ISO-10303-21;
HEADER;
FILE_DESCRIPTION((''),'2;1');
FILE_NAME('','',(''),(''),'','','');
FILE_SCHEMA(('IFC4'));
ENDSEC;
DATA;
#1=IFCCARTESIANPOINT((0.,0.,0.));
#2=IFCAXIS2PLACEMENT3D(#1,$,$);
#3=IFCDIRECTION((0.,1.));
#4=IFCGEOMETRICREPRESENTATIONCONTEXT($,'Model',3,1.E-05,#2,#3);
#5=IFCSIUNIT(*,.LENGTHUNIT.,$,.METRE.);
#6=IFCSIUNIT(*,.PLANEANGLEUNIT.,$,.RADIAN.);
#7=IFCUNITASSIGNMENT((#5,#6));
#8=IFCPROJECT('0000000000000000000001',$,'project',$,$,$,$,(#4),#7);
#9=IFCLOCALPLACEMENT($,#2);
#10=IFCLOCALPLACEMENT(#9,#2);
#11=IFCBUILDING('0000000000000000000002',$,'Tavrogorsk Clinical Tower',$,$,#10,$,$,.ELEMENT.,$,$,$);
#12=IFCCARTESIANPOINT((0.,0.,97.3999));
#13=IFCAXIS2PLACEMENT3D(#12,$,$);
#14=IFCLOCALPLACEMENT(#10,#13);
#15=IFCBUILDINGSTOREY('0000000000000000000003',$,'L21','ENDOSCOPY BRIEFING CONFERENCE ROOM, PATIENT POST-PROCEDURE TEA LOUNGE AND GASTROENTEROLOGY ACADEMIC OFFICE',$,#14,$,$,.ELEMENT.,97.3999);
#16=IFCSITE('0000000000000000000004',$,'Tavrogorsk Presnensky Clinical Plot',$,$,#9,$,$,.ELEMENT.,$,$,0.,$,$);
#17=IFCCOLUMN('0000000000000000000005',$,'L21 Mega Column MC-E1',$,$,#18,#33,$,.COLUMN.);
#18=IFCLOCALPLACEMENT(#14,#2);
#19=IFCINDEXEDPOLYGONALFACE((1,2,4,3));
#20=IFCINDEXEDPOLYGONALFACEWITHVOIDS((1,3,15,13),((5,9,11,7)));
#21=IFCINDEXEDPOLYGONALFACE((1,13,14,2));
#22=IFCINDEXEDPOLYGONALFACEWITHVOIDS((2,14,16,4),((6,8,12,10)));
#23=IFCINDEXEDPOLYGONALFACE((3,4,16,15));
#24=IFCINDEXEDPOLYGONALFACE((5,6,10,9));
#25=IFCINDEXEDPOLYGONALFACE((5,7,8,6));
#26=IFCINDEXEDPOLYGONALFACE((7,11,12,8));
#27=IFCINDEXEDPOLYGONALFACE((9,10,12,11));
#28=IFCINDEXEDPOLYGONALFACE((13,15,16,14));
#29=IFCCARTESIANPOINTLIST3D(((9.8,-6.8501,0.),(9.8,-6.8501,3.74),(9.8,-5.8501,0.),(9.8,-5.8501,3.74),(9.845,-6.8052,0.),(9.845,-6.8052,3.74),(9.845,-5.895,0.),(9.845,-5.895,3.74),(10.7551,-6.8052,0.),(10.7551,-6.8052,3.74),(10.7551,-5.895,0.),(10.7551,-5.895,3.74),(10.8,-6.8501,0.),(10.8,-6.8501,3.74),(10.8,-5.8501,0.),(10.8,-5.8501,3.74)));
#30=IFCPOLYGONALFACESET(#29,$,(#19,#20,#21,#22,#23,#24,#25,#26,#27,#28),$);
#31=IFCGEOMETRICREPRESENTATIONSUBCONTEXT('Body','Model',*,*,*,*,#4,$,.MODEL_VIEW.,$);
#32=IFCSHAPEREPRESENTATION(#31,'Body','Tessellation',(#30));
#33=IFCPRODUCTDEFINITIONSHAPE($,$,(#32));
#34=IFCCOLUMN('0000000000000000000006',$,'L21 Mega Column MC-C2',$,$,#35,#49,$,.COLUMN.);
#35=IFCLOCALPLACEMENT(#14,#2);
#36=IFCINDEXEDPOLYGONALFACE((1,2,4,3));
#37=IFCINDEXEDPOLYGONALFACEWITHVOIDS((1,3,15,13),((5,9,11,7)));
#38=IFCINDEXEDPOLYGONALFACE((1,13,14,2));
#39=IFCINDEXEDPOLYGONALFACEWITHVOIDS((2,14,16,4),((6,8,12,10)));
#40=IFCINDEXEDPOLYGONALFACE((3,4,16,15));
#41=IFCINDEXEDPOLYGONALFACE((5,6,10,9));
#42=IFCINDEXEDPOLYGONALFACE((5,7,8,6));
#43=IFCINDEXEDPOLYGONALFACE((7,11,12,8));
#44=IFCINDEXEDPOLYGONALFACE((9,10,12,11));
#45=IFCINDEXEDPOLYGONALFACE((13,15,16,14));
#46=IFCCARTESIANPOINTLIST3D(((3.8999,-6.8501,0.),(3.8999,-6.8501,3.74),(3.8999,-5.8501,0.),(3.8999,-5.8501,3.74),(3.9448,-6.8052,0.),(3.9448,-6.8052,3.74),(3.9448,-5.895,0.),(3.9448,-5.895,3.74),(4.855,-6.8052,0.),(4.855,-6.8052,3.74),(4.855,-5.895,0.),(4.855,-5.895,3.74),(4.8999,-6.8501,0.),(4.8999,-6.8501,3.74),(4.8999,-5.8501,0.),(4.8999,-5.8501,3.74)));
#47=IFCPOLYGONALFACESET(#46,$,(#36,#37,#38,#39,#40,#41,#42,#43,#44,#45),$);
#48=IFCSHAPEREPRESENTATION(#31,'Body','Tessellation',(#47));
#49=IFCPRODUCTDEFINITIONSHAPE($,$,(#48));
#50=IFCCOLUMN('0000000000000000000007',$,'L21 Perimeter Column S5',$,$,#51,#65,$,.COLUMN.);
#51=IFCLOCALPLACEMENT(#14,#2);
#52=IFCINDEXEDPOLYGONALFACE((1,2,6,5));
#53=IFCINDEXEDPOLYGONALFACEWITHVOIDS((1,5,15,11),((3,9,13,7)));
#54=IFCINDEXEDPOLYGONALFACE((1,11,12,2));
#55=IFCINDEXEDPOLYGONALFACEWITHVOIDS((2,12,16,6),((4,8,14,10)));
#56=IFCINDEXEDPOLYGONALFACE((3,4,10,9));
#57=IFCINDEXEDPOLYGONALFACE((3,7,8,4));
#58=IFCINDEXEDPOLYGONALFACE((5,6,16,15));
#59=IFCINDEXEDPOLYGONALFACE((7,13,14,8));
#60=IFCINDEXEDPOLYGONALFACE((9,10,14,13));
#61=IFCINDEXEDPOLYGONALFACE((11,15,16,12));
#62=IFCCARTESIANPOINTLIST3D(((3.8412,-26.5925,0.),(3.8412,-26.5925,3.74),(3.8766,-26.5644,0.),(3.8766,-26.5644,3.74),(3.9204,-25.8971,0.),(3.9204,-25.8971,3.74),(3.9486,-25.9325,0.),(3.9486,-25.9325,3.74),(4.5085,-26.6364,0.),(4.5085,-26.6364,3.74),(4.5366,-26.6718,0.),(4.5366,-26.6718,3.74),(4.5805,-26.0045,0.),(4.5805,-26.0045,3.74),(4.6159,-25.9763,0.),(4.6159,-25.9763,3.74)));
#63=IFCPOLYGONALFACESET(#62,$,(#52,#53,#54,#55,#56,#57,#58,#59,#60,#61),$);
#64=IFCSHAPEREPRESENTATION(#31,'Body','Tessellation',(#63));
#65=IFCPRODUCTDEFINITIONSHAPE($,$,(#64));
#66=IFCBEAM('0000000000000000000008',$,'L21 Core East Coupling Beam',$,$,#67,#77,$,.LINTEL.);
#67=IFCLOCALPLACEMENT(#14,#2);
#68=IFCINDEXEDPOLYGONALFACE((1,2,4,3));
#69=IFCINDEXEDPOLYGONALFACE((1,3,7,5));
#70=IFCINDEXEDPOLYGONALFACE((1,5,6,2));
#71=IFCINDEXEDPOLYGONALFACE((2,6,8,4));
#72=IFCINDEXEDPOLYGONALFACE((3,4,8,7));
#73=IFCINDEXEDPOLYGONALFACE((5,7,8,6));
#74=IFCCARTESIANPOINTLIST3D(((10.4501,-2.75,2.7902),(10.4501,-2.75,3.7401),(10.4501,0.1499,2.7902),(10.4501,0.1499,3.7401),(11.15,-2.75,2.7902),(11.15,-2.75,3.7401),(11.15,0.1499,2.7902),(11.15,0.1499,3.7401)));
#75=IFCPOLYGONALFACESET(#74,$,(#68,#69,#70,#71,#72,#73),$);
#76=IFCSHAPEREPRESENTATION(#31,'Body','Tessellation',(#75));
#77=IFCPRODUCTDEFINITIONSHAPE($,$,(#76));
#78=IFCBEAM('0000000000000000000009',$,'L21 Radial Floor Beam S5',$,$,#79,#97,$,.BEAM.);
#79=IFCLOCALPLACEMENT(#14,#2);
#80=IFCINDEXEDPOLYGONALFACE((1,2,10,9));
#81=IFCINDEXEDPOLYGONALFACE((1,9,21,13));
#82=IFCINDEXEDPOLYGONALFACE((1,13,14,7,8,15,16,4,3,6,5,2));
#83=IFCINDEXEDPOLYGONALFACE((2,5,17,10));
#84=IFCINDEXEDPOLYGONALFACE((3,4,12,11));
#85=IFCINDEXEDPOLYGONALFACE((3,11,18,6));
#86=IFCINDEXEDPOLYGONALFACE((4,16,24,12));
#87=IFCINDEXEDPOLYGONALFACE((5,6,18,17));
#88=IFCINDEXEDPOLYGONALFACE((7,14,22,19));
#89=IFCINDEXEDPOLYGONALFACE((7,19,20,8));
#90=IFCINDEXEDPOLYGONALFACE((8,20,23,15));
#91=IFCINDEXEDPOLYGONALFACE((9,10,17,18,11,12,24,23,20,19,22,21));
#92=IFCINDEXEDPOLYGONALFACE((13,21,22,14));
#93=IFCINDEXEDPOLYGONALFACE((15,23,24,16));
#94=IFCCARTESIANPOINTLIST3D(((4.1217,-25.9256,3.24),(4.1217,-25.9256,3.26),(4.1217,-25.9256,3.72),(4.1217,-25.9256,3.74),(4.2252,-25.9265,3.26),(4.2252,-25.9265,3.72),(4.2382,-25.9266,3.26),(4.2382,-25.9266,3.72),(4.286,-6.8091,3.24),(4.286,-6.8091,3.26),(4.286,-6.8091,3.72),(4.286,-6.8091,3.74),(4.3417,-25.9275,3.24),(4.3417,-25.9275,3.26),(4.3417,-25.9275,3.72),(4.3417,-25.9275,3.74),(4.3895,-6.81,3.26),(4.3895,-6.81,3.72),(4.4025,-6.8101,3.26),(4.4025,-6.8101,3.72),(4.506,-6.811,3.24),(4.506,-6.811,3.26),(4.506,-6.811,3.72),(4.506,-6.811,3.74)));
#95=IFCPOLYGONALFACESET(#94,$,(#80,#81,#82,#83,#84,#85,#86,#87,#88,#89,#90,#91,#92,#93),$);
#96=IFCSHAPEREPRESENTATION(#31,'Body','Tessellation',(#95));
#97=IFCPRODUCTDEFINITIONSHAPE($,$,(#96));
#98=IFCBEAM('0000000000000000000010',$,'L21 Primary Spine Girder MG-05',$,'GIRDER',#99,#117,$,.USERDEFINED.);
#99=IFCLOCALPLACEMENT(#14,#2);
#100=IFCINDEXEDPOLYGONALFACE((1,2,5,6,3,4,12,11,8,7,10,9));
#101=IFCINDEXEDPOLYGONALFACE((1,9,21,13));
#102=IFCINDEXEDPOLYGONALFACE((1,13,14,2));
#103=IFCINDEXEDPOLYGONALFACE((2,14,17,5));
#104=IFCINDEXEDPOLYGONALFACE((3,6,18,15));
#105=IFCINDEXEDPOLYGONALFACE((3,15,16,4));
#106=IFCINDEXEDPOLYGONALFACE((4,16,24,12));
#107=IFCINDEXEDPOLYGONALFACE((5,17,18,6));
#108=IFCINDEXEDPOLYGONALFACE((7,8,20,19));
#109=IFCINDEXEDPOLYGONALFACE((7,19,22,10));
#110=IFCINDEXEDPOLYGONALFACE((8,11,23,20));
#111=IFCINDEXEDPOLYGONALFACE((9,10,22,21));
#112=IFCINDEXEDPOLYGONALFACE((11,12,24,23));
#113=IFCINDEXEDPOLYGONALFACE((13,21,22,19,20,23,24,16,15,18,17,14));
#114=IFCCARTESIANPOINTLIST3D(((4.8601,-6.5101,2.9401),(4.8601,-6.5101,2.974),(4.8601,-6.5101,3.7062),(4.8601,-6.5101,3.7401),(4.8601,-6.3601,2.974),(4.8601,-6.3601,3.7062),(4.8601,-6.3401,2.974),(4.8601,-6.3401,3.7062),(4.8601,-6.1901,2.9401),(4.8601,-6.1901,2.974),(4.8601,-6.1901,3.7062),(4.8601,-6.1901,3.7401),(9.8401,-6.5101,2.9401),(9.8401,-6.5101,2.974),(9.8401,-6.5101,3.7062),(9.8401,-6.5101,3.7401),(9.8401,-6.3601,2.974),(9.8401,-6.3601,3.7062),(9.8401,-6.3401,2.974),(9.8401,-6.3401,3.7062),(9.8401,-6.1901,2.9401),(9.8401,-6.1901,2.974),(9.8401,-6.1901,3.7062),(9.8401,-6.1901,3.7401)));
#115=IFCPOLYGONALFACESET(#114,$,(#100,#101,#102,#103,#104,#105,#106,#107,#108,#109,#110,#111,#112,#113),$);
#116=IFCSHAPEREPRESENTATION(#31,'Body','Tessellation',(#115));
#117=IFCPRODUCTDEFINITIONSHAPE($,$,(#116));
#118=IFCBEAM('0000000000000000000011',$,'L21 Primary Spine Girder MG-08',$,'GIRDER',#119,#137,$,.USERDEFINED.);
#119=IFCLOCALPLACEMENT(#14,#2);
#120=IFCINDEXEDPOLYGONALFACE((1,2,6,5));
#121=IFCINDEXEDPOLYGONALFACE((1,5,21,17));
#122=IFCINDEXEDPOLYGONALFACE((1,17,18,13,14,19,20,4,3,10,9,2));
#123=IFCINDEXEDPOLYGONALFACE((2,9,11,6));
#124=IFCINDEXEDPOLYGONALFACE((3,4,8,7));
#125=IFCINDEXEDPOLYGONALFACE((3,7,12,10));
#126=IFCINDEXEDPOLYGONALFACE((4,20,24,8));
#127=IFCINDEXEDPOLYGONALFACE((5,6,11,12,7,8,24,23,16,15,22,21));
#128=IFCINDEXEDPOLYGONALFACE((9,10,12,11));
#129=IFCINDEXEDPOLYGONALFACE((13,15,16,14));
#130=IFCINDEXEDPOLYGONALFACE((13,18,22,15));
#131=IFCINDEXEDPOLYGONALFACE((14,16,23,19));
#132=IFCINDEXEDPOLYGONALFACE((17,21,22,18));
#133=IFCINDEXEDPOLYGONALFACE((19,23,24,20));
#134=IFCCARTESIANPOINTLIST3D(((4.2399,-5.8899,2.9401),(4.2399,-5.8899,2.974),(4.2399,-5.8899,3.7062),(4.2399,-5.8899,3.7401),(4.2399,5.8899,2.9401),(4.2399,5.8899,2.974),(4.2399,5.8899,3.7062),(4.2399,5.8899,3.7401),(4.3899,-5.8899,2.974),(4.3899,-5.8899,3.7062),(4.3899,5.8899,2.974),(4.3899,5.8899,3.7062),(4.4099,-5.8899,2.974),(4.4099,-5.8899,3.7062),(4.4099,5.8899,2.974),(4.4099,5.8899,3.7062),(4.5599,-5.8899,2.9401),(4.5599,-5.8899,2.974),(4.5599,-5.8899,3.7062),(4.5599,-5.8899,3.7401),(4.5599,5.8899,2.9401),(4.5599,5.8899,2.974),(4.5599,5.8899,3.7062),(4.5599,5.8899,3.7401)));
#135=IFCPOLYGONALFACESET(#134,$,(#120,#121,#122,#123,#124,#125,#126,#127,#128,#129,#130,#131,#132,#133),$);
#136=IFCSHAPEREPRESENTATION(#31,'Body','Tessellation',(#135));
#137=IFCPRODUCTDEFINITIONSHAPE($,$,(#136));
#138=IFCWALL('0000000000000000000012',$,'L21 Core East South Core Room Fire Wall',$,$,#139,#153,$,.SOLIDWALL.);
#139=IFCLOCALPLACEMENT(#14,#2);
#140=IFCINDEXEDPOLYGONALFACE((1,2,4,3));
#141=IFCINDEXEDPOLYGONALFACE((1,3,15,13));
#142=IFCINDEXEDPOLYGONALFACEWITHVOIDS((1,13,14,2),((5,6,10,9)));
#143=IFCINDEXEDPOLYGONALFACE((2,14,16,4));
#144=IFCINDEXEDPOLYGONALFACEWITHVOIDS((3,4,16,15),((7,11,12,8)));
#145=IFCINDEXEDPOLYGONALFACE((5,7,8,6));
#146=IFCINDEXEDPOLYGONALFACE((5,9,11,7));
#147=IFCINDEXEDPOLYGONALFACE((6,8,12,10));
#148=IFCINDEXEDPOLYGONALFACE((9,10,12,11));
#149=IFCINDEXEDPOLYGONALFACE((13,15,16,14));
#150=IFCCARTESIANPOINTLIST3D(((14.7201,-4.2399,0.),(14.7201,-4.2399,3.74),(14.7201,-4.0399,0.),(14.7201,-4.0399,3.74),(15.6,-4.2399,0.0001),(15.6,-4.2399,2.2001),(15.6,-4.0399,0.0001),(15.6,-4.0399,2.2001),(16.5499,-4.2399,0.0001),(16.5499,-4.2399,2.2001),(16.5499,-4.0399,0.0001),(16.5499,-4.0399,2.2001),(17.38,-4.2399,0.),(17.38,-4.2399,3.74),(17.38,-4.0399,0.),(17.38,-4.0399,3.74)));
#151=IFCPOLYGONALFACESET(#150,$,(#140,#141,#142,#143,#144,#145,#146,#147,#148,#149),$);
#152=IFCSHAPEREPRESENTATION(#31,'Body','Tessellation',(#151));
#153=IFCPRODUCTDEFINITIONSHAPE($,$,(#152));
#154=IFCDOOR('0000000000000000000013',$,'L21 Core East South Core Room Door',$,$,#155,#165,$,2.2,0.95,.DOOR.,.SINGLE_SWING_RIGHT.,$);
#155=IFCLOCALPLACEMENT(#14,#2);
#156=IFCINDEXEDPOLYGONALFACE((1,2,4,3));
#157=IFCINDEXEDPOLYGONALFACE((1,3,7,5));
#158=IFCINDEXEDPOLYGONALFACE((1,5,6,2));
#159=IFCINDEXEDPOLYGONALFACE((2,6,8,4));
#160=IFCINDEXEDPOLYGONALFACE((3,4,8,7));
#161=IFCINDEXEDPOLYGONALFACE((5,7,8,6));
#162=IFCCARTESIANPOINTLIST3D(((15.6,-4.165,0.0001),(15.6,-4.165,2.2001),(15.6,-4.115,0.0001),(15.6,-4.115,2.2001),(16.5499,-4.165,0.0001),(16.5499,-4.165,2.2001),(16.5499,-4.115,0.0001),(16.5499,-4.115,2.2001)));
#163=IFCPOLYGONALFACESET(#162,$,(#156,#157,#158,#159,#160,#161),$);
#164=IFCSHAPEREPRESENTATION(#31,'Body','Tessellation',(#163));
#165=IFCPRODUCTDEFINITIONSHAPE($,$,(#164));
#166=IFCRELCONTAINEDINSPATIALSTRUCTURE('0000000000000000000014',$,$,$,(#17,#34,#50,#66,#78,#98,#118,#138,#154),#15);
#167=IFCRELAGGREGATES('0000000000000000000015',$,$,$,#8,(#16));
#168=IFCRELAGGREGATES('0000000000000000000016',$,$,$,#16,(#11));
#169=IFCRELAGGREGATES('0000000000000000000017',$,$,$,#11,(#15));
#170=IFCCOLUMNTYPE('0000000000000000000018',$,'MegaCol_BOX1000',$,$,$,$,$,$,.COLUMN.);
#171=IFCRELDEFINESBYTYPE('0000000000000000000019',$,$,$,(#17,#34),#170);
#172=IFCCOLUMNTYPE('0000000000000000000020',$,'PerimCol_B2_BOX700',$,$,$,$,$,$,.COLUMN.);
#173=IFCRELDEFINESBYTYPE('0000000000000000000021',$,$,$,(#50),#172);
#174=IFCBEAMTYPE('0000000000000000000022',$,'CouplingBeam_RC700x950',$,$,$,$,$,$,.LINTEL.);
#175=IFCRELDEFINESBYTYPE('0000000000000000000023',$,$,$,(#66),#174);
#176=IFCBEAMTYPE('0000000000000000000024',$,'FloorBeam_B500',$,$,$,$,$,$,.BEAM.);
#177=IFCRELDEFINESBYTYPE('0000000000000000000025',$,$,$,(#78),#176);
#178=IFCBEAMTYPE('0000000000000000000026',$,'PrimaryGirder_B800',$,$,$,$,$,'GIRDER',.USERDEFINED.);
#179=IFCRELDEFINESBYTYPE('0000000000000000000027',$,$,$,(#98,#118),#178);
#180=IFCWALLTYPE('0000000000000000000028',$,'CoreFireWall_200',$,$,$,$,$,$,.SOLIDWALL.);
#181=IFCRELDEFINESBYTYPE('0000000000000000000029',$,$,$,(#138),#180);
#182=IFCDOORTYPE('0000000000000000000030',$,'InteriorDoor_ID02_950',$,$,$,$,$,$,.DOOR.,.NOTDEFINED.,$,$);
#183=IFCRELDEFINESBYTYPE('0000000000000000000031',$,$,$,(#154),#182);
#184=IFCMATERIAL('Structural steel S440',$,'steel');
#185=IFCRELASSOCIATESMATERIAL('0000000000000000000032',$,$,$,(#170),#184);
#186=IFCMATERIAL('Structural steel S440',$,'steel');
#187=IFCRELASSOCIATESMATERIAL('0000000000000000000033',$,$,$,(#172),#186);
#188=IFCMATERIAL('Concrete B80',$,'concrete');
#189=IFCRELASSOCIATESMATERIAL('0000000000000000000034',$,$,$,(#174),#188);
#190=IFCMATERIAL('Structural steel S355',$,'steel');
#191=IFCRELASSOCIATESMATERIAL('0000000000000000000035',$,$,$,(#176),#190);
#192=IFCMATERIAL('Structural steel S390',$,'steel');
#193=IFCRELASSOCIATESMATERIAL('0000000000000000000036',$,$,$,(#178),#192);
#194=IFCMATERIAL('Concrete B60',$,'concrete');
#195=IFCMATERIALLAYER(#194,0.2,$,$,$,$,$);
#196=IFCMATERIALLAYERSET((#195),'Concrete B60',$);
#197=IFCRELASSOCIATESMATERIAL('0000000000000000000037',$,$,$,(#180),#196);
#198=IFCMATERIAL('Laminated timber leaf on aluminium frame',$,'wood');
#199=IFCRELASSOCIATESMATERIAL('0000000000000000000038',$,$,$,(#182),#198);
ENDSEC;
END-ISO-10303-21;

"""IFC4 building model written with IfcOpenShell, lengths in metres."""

from ifc_helpers import new_model, si_unit, direction, frame, frame_2d, origin, origin_2d, place, context, subcontext, project, spatial, rectangle, hollow_rectangle, i_section, extrude, material, layer, layer_set, material_profile, profile_set, type_object, element, fill, save


model = new_model("IFC4")

# Units and contexts
model_context = context("Model", 3, precision=1e-05, world=origin(), true_north=direction((0.0, 1.0)))
body_context = subcontext(model_context, "Body", "Model", "MODEL_VIEW")
ifc_project = project(units=[si_unit("LENGTHUNIT", "METRE"), si_unit("PLANEANGLEUNIT", "RADIAN")], contexts=[model_context])

# Site, building, storey
site_placement = place(None, origin())
site = spatial("IfcSite", under=ifc_project, at=site_placement, Name="Tavrogorsk Presnensky Clinical Plot", CompositionType="ELEMENT", RefElevation=0.0)
building_placement = place(site_placement, origin())
building = spatial("IfcBuilding", under=site, at=building_placement, Name="Tavrogorsk Clinical Tower", CompositionType="ELEMENT")
storey_placement = place(building_placement, frame((0.0, 0.0, 97.3999)))
storey = spatial("IfcBuildingStorey", under=building, at=storey_placement, Name="L21", Description="ENDOSCOPY BRIEFING CONFERENCE ROOM, PATIENT POST-PROCEDURE TEA LOUNGE AND GASTROENTEROLOGY ACADEMIC OFFICE", CompositionType="ELEMENT", Elevation=97.3999)

# Columns
ifc_material_1 = material(Name="Structural steel S440", Category="steel")
ifc_material_profile_1 = material_profile(ifc_material_1, hollow_rectangle(XDim=1.0, YDim=1.0, WallThickness=0.0449, at=origin_2d()), Name="BOX-1000x1000x45")
ifc_profile_set_1 = profile_set([ifc_material_profile_1], Name="Structural steel S440")
column_type_1 = type_object("IfcColumnType", Name="MegaCol_BOX1000", PredefinedType="COLUMN", material=ifc_profile_set_1)
for number, where, z_axis, x_axis, name in (
    (1, (10.3, -6.3501, 0.0), (0.0, 0.0, 1.0), (1.0, 0.0, 0.0), "L21 Mega Column MC-E1"),
    (2, (4.3999, -6.3501, 0.0), (0.0, 0.0, 1.0), (1.0, 0.0, 0.0), "L21 Mega Column MC-C2"),
):
    element("IfcColumn", number, at=place(storey_placement, frame(where, z_axis=z_axis, x_axis=x_axis)), inside=storey, type_object=column_type_1, Name=name, PredefinedType="COLUMN", context=body_context, shape_type="SweptSolid", body=[
        extrude(hollow_rectangle(XDim=1.0, YDim=1.0, WallThickness=0.0449, at=origin_2d()), origin(), (0.0, 0.0, 1.0), 3.74),
    ])
ifc_material_2 = material(Name="Structural steel S440", Category="steel")
ifc_material_profile_2 = material_profile(ifc_material_2, hollow_rectangle(XDim=0.7, YDim=0.7, WallThickness=0.032, at=origin_2d()), Name="BOX-700x700x32")
ifc_profile_set_2 = profile_set([ifc_material_profile_2], Name="Structural steel S440")
column_type_2 = type_object("IfcColumnType", Name="PerimCol_B2_BOX700", PredefinedType="COLUMN", material=ifc_profile_set_2)
column_placement = place(storey_placement, frame((4.2285, -26.2844, 0.0), z_axis=(0.0, 0.0, 1.0), x_axis=(0.993572, -0.113203, 0.0)))
element("IfcColumn", 3, at=column_placement, inside=storey, type_object=column_type_2, Name="L21 Perimeter Column S5", PredefinedType="COLUMN", context=body_context, shape_type="SweptSolid", body=[
    extrude(hollow_rectangle(XDim=0.7, YDim=0.7, WallThickness=0.032, at=origin_2d()), origin(), (0.0, 0.0, 1.0), 3.74),
])

# Beams
ifc_material_3 = material(Name="Concrete B80", Category="concrete")
ifc_material_profile_3 = material_profile(ifc_material_3, rectangle(XDim=0.7, YDim=0.95, at=origin_2d()), Name="RC-CB-700x950")
ifc_profile_set_3 = profile_set([ifc_material_profile_3], Name="Concrete B80")
beam_type_1 = type_object("IfcBeamType", Name="CouplingBeam_RC700x950", PredefinedType="LINTEL", material=ifc_profile_set_3)
beam_1_placement = place(storey_placement, frame((10.8, -2.75, 3.2651), z_axis=(0.0, 1.0, 0.0), x_axis=(-1.0, 0.0, 0.0)))
element("IfcBeam", 4, at=beam_1_placement, inside=storey, type_object=beam_type_1, Name="L21 Core East Coupling Beam", PredefinedType="LINTEL", context=body_context, shape_type="SweptSolid", body=[
    extrude(rectangle(XDim=0.7, YDim=0.95, at=origin_2d()), origin(), (0.0, 0.0, 1.0), 2.8999),
])
ifc_material_4 = material(Name="Structural steel S355", Category="steel")
ifc_material_profile_4 = material_profile(ifc_material_4, i_section(OverallWidth=0.22, OverallDepth=0.5, WebThickness=0.0129, FlangeThickness=0.02, at=origin_2d()), Name="B-500x220x13x20")
ifc_profile_set_4 = profile_set([ifc_material_profile_4], Name="Structural steel S355")
beam_type_2 = type_object("IfcBeamType", Name="FloorBeam_B500", PredefinedType="BEAM", material=ifc_profile_set_4)
beam_2_placement = place(storey_placement, frame((4.396, -6.8101, 3.49), z_axis=(-0.008595, -0.999963, 0.0), x_axis=(0.999963, -0.008595, 0.0)))
element("IfcBeam", 5, at=beam_2_placement, inside=storey, type_object=beam_type_2, Name="L21 Radial Floor Beam S5", PredefinedType="BEAM", context=body_context, shape_type="SweptSolid", body=[
    extrude(i_section(OverallWidth=0.22, OverallDepth=0.5, WebThickness=0.0129, FlangeThickness=0.02, at=origin_2d()), origin(), (0.0, 0.0, 1.0), 19.1172),
])
ifc_material_5 = material(Name="Structural steel S390", Category="steel")
ifc_material_profile_5 = material_profile(ifc_material_5, i_section(OverallWidth=0.3201, OverallDepth=0.8, WebThickness=0.02, FlangeThickness=0.0339, at=origin_2d()), Name="B-800x320x20x34")
ifc_profile_set_5 = profile_set([ifc_material_profile_5], Name="Structural steel S390")
beam_type_3 = type_object("IfcBeamType", Name="PrimaryGirder_B800", ElementType="GIRDER", PredefinedType="USERDEFINED", material=ifc_profile_set_5)
beam_3_placement = place(storey_placement, frame((4.8601, -6.3501, 3.3401), z_axis=(1.0, 0.0, 0.0), x_axis=(0.0, 1.0, 0.0)))
element("IfcBeam", 6, at=beam_3_placement, inside=storey, type_object=beam_type_3, Name="L21 Primary Spine Girder MG-05", ObjectType="GIRDER", PredefinedType="USERDEFINED", context=body_context, shape_type="SweptSolid", body=[
    extrude(i_section(OverallWidth=0.3201, OverallDepth=0.8, WebThickness=0.02, FlangeThickness=0.0339, at=origin_2d()), origin(), (0.0, 0.0, 1.0), 4.98),
])
beam_4_placement = place(storey_placement, frame((4.3999, -5.8899, 3.3401), z_axis=(0.0, 1.0, 0.0), x_axis=(-1.0, 0.0, 0.0)))
element("IfcBeam", 7, at=beam_4_placement, inside=storey, type_object=beam_type_3, Name="L21 Primary Spine Girder MG-08", ObjectType="GIRDER", PredefinedType="USERDEFINED", context=body_context, shape_type="SweptSolid", body=[
    extrude(i_section(OverallWidth=0.3201, OverallDepth=0.8, WebThickness=0.02, FlangeThickness=0.0339, at=origin_2d()), origin(), (0.0, 0.0, 1.0), 11.7798),
])

# Wall, opening, door
ifc_material_6 = material(Name="Concrete B60", Category="concrete")
ifc_layer_1 = layer(ifc_material_6, 0.2)
ifc_layer_set_1 = layer_set([ifc_layer_1], Name="Concrete B60")
wall_type_1 = type_object("IfcWallType", Name="CoreFireWall_200", PredefinedType="SOLIDWALL", material=ifc_layer_set_1)
wall_1_placement = place(storey_placement, frame((14.72, -4.1399, 0.0), z_axis=(0.0, 0.0, 1.0), x_axis=(1.0, 0.0, 0.0)))
wall_1 = element("IfcWall", 8, at=wall_1_placement, inside=storey, type_object=wall_type_1, Name="L21 Core East South Core Room Fire Wall", PredefinedType="SOLIDWALL", context=body_context, shape_type="SweptSolid", body=[
    extrude(rectangle(XDim=2.6599, YDim=0.2, at=frame_2d((1.3301, 0.0))), origin(), (0.0, 0.0, 1.0), 3.74),
])
opening_1_placement = place(wall_1_placement, frame((0.8799, 0.0, 0.0)))
opening_1 = element("IfcOpeningElement", 9, at=opening_1_placement, cuts=wall_1, PredefinedType="OPENING", context=body_context, shape_type="SweptSolid", body=[
    extrude(rectangle(XDim=0.95, YDim=2.2, at=frame_2d((0.4751, 1.1001))), frame((0.0, 0.1099, 0.0), z_axis=(0.0, -1.0, 0.0), x_axis=(1.0, 0.0, 0.0)), (0.0, 0.0, 1.0), 0.22),
])
ifc_material_7 = material(Name="Laminated timber leaf on aluminium frame", Category="wood")
door_type_1 = type_object("IfcDoorType", Name="InteriorDoor_ID02_950", OperationType="NOTDEFINED", PredefinedType="DOOR", material=ifc_material_7)
door_1_placement = place(opening_1_placement, origin())
door_1 = element("IfcDoor", 10, at=door_1_placement, inside=storey, type_object=door_type_1, Name="L21 Core East South Core Room Door", OperationType="SINGLE_SWING_RIGHT", OverallHeight=2.2, OverallWidth=0.95, PredefinedType="DOOR", context=body_context, shape_type="SweptSolid", body=[
    extrude(rectangle(XDim=0.95, YDim=2.2, at=frame_2d((0.4751, 1.1001))), frame((0.0, 0.0249, 0.0), z_axis=(0.0, -1.0, 0.0), x_axis=(1.0, 0.0, 0.0)), (0.0, 0.0, 1.0), 0.05),
])
fill(opening_1, door_1)

save(model, "model.ifc")
